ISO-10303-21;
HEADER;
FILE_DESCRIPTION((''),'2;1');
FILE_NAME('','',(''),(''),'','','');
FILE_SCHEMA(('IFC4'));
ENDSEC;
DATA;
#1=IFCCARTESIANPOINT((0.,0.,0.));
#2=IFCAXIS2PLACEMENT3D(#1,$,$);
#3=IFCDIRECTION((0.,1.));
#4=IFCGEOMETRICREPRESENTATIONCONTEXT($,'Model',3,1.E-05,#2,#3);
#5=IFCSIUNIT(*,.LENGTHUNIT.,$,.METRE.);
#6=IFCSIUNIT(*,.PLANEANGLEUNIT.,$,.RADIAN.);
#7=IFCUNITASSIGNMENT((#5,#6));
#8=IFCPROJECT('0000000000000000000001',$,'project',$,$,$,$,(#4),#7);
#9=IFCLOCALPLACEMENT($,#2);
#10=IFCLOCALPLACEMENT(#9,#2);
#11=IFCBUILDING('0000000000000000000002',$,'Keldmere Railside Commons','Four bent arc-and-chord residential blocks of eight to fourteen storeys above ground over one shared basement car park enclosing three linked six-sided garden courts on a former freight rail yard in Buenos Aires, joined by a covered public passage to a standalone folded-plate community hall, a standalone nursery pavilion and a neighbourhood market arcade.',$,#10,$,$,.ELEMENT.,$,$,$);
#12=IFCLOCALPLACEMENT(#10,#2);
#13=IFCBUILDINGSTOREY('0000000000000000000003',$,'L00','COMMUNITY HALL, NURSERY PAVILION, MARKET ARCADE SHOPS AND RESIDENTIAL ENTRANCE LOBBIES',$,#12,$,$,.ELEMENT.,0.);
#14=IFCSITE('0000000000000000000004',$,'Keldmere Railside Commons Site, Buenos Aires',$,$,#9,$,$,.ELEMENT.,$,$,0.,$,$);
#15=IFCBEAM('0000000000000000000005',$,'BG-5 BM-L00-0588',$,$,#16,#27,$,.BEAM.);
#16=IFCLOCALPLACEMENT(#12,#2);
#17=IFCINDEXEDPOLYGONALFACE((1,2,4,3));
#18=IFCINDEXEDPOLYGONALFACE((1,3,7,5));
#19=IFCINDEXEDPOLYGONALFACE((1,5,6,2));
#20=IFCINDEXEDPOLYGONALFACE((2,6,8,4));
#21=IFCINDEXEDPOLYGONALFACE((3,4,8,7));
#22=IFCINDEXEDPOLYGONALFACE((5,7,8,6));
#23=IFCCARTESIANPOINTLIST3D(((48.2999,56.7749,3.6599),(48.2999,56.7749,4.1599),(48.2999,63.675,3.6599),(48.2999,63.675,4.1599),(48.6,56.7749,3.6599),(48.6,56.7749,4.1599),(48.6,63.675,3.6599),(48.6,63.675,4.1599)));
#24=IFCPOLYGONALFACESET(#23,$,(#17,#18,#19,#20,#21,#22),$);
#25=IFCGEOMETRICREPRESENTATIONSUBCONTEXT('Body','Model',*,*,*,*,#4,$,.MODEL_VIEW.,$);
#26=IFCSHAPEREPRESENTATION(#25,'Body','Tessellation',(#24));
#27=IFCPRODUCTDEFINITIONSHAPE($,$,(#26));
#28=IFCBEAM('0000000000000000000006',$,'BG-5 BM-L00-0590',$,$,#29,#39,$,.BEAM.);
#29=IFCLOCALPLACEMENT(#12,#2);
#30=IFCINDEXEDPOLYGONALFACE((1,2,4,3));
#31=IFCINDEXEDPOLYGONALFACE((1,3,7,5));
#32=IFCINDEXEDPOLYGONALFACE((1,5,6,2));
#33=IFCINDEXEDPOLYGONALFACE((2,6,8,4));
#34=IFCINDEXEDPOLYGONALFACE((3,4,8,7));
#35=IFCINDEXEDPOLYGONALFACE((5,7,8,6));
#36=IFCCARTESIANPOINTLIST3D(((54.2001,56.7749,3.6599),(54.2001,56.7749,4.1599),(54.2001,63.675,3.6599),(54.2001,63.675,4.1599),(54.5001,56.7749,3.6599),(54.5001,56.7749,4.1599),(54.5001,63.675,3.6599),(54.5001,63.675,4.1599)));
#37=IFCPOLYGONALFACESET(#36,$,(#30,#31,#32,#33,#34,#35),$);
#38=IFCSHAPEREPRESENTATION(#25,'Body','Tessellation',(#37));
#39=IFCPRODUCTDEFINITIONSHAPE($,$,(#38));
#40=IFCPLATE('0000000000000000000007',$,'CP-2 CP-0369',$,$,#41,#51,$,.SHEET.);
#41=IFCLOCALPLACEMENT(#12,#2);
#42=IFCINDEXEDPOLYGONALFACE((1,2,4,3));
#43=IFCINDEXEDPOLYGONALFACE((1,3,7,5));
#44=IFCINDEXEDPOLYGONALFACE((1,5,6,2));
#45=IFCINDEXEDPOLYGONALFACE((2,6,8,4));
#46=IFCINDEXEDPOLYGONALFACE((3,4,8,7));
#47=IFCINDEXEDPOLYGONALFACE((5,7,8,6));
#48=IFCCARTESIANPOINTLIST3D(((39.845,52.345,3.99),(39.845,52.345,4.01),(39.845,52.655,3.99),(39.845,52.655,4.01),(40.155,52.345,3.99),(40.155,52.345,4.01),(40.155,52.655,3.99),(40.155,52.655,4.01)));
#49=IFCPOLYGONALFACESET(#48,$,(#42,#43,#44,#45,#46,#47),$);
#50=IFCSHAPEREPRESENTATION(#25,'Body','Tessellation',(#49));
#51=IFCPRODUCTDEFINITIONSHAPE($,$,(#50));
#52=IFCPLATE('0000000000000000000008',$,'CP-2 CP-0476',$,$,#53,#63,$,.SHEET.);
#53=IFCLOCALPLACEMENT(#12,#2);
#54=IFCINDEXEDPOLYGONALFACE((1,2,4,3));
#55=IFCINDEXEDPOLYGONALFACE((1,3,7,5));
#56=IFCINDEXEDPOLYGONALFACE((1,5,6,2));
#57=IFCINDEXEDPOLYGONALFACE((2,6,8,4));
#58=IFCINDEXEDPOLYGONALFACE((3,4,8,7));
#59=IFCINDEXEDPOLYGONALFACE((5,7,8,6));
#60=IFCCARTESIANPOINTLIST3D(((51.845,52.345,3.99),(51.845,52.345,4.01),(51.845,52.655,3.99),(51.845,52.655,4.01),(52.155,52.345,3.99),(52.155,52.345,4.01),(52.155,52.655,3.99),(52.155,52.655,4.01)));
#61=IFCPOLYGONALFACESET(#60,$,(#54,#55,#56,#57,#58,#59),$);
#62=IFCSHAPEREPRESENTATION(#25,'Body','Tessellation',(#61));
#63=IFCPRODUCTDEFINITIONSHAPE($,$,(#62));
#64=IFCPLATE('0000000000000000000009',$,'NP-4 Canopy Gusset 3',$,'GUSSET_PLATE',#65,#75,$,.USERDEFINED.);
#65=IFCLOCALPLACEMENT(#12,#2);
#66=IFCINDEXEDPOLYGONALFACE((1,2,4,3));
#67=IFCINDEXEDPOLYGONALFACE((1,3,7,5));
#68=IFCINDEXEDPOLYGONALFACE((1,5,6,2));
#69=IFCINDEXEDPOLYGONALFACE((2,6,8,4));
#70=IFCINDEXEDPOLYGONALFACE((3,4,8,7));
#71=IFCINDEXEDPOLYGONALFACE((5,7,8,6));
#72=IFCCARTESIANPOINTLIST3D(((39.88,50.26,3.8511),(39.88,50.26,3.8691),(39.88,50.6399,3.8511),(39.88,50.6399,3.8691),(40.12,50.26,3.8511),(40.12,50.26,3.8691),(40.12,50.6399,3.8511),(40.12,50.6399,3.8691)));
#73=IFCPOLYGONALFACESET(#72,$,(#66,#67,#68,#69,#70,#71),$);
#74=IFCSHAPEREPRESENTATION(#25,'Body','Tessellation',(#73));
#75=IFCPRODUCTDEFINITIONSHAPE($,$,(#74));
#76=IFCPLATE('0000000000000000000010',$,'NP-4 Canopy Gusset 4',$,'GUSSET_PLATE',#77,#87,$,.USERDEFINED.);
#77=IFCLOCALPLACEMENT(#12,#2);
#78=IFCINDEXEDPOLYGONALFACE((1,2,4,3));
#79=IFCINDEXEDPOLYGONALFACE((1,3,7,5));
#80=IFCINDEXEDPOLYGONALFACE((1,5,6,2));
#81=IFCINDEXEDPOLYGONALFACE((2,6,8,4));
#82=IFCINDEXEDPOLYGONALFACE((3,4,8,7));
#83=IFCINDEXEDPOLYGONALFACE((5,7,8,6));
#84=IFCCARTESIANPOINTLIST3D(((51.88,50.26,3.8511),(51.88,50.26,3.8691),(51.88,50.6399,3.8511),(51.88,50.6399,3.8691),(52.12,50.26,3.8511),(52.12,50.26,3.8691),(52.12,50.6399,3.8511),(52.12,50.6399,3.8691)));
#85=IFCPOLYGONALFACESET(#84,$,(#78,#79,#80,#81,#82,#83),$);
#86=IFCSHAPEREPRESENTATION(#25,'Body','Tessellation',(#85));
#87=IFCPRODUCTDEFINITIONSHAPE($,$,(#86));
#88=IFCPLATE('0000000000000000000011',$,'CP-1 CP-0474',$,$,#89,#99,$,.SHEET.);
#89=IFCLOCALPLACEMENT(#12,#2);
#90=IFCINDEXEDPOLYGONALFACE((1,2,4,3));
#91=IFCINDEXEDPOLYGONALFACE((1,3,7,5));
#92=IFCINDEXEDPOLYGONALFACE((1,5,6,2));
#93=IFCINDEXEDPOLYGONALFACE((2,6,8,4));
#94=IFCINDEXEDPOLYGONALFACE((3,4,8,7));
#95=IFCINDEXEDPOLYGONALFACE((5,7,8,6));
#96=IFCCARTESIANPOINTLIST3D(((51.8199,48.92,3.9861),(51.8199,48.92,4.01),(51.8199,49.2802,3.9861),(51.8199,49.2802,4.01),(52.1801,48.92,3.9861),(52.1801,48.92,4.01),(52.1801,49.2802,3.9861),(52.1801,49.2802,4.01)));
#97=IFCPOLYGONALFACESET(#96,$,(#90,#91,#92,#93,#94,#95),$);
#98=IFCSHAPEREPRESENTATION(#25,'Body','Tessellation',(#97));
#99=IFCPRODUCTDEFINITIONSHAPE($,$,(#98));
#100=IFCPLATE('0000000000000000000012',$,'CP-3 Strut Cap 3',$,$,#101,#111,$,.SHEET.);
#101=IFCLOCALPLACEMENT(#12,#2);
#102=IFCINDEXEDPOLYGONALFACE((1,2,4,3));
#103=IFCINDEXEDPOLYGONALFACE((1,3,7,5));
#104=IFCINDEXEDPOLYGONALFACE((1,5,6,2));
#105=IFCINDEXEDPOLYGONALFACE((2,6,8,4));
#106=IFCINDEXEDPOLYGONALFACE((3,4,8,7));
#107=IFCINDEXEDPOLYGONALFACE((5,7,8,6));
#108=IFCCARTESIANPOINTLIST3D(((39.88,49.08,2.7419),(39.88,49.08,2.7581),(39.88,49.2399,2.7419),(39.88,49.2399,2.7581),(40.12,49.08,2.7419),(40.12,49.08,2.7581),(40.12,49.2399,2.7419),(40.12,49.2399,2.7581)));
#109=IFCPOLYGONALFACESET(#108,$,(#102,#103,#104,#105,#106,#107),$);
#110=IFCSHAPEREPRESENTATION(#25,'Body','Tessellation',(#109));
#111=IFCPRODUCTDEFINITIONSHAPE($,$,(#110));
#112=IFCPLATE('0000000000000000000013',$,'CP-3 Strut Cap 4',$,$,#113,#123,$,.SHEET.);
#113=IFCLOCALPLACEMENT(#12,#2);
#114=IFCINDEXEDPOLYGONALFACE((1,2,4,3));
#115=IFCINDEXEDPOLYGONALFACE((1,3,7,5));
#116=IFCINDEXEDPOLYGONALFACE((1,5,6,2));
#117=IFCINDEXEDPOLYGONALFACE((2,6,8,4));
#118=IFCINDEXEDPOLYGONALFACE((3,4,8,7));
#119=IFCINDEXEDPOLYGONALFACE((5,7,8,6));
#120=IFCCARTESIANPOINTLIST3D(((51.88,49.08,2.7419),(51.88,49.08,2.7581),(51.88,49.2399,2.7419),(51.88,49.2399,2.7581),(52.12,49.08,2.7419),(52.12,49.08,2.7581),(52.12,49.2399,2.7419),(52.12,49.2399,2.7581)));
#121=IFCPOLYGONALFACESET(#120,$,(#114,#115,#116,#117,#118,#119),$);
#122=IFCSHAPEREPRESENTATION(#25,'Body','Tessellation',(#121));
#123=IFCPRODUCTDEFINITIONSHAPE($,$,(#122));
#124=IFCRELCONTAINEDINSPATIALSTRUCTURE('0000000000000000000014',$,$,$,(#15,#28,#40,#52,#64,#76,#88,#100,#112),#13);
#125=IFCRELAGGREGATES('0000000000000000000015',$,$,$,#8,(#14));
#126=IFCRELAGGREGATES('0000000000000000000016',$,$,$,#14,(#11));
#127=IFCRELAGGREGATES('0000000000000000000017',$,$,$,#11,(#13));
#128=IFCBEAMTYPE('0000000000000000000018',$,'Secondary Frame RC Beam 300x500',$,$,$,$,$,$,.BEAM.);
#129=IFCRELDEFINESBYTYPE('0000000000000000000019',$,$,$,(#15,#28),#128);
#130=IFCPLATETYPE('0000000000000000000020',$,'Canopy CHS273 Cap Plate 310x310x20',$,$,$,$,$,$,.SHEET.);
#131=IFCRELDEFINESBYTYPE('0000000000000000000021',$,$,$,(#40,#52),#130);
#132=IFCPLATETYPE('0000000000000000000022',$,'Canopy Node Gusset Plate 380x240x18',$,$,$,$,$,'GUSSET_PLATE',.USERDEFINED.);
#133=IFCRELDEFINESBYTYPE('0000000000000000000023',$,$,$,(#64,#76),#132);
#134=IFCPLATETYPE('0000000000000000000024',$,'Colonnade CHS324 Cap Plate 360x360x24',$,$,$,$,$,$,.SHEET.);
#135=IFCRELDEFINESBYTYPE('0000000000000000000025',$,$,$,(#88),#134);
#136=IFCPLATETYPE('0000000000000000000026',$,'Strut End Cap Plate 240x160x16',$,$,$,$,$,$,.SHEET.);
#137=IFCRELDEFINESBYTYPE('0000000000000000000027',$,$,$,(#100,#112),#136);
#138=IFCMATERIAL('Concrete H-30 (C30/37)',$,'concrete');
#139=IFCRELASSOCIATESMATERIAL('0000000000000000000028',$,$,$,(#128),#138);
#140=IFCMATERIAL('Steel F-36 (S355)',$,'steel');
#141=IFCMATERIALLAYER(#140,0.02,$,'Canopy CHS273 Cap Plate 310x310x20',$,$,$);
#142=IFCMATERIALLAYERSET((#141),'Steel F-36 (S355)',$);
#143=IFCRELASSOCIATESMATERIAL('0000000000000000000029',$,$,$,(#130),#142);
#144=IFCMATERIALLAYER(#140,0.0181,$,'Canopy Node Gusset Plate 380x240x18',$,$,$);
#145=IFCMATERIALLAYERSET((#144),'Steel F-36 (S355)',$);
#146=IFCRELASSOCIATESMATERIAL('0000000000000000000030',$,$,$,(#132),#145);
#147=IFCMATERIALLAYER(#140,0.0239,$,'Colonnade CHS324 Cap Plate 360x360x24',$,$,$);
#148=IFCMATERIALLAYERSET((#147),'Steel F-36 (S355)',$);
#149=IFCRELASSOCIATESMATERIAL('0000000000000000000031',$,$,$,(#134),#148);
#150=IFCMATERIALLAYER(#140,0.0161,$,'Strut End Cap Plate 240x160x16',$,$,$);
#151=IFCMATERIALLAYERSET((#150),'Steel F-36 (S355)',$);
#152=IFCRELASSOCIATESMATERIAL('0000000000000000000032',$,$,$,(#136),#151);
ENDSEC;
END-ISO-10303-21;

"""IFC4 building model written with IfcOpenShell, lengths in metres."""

from ifc_helpers import new_model, si_unit, direction, frame, origin, origin_2d, place, context, subcontext, project, spatial, rectangle, extrude, material, layer, layer_set, material_profile, profile_set, type_object, element, save


model = new_model("IFC4")

# Units and contexts
model_context = context("Model", 3, precision=1e-05, world=origin(), true_north=direction((0.0, 1.0)))
body_context = subcontext(model_context, "Body", "Model", "MODEL_VIEW")
ifc_project = project(units=[si_unit("LENGTHUNIT", "METRE"), si_unit("PLANEANGLEUNIT", "RADIAN")], contexts=[model_context])

# Site, building, storey
site_placement = place(None, origin())
site = spatial("IfcSite", under=ifc_project, at=site_placement, Name="Keldmere Railside Commons Site, Buenos Aires", CompositionType="ELEMENT", RefElevation=0.0)
building_placement = place(site_placement, origin())
building = spatial("IfcBuilding", under=site, at=building_placement, Name="Keldmere Railside Commons", Description="Four bent arc-and-chord residential blocks of eight to fourteen storeys above ground over one shared basement car park enclosing three linked six-sided garden courts on a former freight rail yard in Buenos Aires, joined by a covered public passage to a standalone folded-plate community hall, a standalone nursery pavilion and a neighbourhood market arcade.", CompositionType="ELEMENT")
storey_placement = place(building_placement, origin())
storey = spatial("IfcBuildingStorey", under=building, at=storey_placement, Name="L00", Description="COMMUNITY HALL, NURSERY PAVILION, MARKET ARCADE SHOPS AND RESIDENTIAL ENTRANCE LOBBIES", CompositionType="ELEMENT", Elevation=0.0)

# Shared definitions
ifc_material_1 = material(Name="Steel F-36 (S355)", Category="steel")

# Beams
ifc_material_2 = material(Name="Concrete H-30 (C30/37)", Category="concrete")
ifc_material_profile_1 = material_profile(ifc_material_2, rectangle(XDim=0.3, YDim=0.5, at=origin_2d()), Name="RC-300x500")
ifc_profile_set_1 = profile_set([ifc_material_profile_1], Name="Concrete H-30 (C30/37)")
beam_type_1 = type_object("IfcBeamType", Name="Secondary Frame RC Beam 300x500", PredefinedType="BEAM", material=ifc_profile_set_1)
for number, where, z_axis, x_axis, name in (
    (1, (48.45, 56.7749, 3.9099), (0.0, 1.0, 0.0), (-1.0, 0.0, 0.0), "BG-5 BM-L00-0588"),
    (2, (54.3501, 56.7749, 3.9099), (0.0, 1.0, 0.0), (-1.0, 0.0, 0.0), "BG-5 BM-L00-0590"),
):
    element("IfcBeam", number, at=place(storey_placement, frame(where, z_axis=z_axis, x_axis=x_axis)), inside=storey, type_object=beam_type_1, Name=name, PredefinedType="BEAM", context=body_context, shape_type="SweptSolid", body=[
        extrude(rectangle(XDim=0.3, YDim=0.5, at=origin_2d()), origin(), (0.0, 0.0, 1.0), 6.9001),
    ])

# Plates
ifc_layer_1 = layer(ifc_material_1, 0.02, Name="Canopy CHS273 Cap Plate 310x310x20")
ifc_layer_set_1 = layer_set([ifc_layer_1], Name="Steel F-36 (S355)")
plate_type_1 = type_object("IfcPlateType", Name="Canopy CHS273 Cap Plate 310x310x20", PredefinedType="SHEET", material=ifc_layer_set_1)
for number, where, z_axis, x_axis, name in (
    (3, (40.0, 52.5, 3.99), (0.0, 0.0, 1.0), (1.0, 0.0, 0.0), "CP-2 CP-0369"),
    (4, (52.0, 52.5, 3.99), (0.0, 0.0, 1.0), (1.0, 0.0, 0.0), "CP-2 CP-0476"),
):
    element("IfcPlate", number, at=place(storey_placement, frame(where, z_axis=z_axis, x_axis=x_axis)), inside=storey, type_object=plate_type_1, Name=name, PredefinedType="SHEET", context=body_context, shape_type="SweptSolid", body=[
        extrude(rectangle(XDim=0.3101, YDim=0.3101, at=origin_2d()), origin(), (0.0, 0.0, 1.0), 0.02),
    ])
ifc_layer_2 = layer(ifc_material_1, 0.0181, Name="Canopy Node Gusset Plate 380x240x18")
ifc_layer_set_2 = layer_set([ifc_layer_2], Name="Steel F-36 (S355)")
plate_type_2 = type_object("IfcPlateType", Name="Canopy Node Gusset Plate 380x240x18", ElementType="GUSSET_PLATE", PredefinedType="USERDEFINED", material=ifc_layer_set_2)
for number, where, z_axis, x_axis, name in (
    (5, (40.0, 50.45, 3.8511), (0.0, 0.0, 1.0), (0.0, 1.0, 0.0), "NP-4 Canopy Gusset 3"),
    (6, (52.0, 50.45, 3.8511), (0.0, 0.0, 1.0), (0.0, 1.0, 0.0), "NP-4 Canopy Gusset 4"),
):
    element("IfcPlate", number, at=place(storey_placement, frame(where, z_axis=z_axis, x_axis=x_axis)), inside=storey, type_object=plate_type_2, Name=name, ObjectType="GUSSET_PLATE", PredefinedType="USERDEFINED", context=body_context, shape_type="SweptSolid", body=[
        extrude(rectangle(XDim=0.3799, YDim=0.24, at=origin_2d()), origin(), (0.0, 0.0, 1.0), 0.0181),
    ])
ifc_layer_3 = layer(ifc_material_1, 0.0239, Name="Colonnade CHS324 Cap Plate 360x360x24")
ifc_layer_set_3 = layer_set([ifc_layer_3], Name="Steel F-36 (S355)")
plate_type_3 = type_object("IfcPlateType", Name="Colonnade CHS324 Cap Plate 360x360x24", PredefinedType="SHEET", material=ifc_layer_set_3)
plate_placement = place(storey_placement, frame((52.0, 49.1001, 3.9861), z_axis=(0.0, 0.0, 1.0), x_axis=(1.0, 0.0, 0.0)))
element("IfcPlate", 7, at=plate_placement, inside=storey, type_object=plate_type_3, Name="CP-1 CP-0474", PredefinedType="SHEET", context=body_context, shape_type="SweptSolid", body=[
    extrude(rectangle(XDim=0.3601, YDim=0.3601, at=origin_2d()), origin(), (0.0, 0.0, 1.0), 0.0239),
])
ifc_layer_4 = layer(ifc_material_1, 0.0161, Name="Strut End Cap Plate 240x160x16")
ifc_layer_set_4 = layer_set([ifc_layer_4], Name="Steel F-36 (S355)")
plate_type_4 = type_object("IfcPlateType", Name="Strut End Cap Plate 240x160x16", PredefinedType="SHEET", material=ifc_layer_set_4)
for number, where, z_axis, x_axis, name in (
    (8, (40.0, 49.1599, 2.7419), (0.0, 0.0, 1.0), (1.0, 0.0, 0.0), "CP-3 Strut Cap 3"),
    (9, (52.0, 49.1599, 2.7419), (0.0, 0.0, 1.0), (1.0, 0.0, 0.0), "CP-3 Strut Cap 4"),
):
    element("IfcPlate", number, at=place(storey_placement, frame(where, z_axis=z_axis, x_axis=x_axis)), inside=storey, type_object=plate_type_4, Name=name, PredefinedType="SHEET", context=body_context, shape_type="SweptSolid", body=[
        extrude(rectangle(XDim=0.24, YDim=0.1599, at=origin_2d()), origin(), (0.0, 0.0, 1.0), 0.0161),
    ])

save(model, "model.ifc")
